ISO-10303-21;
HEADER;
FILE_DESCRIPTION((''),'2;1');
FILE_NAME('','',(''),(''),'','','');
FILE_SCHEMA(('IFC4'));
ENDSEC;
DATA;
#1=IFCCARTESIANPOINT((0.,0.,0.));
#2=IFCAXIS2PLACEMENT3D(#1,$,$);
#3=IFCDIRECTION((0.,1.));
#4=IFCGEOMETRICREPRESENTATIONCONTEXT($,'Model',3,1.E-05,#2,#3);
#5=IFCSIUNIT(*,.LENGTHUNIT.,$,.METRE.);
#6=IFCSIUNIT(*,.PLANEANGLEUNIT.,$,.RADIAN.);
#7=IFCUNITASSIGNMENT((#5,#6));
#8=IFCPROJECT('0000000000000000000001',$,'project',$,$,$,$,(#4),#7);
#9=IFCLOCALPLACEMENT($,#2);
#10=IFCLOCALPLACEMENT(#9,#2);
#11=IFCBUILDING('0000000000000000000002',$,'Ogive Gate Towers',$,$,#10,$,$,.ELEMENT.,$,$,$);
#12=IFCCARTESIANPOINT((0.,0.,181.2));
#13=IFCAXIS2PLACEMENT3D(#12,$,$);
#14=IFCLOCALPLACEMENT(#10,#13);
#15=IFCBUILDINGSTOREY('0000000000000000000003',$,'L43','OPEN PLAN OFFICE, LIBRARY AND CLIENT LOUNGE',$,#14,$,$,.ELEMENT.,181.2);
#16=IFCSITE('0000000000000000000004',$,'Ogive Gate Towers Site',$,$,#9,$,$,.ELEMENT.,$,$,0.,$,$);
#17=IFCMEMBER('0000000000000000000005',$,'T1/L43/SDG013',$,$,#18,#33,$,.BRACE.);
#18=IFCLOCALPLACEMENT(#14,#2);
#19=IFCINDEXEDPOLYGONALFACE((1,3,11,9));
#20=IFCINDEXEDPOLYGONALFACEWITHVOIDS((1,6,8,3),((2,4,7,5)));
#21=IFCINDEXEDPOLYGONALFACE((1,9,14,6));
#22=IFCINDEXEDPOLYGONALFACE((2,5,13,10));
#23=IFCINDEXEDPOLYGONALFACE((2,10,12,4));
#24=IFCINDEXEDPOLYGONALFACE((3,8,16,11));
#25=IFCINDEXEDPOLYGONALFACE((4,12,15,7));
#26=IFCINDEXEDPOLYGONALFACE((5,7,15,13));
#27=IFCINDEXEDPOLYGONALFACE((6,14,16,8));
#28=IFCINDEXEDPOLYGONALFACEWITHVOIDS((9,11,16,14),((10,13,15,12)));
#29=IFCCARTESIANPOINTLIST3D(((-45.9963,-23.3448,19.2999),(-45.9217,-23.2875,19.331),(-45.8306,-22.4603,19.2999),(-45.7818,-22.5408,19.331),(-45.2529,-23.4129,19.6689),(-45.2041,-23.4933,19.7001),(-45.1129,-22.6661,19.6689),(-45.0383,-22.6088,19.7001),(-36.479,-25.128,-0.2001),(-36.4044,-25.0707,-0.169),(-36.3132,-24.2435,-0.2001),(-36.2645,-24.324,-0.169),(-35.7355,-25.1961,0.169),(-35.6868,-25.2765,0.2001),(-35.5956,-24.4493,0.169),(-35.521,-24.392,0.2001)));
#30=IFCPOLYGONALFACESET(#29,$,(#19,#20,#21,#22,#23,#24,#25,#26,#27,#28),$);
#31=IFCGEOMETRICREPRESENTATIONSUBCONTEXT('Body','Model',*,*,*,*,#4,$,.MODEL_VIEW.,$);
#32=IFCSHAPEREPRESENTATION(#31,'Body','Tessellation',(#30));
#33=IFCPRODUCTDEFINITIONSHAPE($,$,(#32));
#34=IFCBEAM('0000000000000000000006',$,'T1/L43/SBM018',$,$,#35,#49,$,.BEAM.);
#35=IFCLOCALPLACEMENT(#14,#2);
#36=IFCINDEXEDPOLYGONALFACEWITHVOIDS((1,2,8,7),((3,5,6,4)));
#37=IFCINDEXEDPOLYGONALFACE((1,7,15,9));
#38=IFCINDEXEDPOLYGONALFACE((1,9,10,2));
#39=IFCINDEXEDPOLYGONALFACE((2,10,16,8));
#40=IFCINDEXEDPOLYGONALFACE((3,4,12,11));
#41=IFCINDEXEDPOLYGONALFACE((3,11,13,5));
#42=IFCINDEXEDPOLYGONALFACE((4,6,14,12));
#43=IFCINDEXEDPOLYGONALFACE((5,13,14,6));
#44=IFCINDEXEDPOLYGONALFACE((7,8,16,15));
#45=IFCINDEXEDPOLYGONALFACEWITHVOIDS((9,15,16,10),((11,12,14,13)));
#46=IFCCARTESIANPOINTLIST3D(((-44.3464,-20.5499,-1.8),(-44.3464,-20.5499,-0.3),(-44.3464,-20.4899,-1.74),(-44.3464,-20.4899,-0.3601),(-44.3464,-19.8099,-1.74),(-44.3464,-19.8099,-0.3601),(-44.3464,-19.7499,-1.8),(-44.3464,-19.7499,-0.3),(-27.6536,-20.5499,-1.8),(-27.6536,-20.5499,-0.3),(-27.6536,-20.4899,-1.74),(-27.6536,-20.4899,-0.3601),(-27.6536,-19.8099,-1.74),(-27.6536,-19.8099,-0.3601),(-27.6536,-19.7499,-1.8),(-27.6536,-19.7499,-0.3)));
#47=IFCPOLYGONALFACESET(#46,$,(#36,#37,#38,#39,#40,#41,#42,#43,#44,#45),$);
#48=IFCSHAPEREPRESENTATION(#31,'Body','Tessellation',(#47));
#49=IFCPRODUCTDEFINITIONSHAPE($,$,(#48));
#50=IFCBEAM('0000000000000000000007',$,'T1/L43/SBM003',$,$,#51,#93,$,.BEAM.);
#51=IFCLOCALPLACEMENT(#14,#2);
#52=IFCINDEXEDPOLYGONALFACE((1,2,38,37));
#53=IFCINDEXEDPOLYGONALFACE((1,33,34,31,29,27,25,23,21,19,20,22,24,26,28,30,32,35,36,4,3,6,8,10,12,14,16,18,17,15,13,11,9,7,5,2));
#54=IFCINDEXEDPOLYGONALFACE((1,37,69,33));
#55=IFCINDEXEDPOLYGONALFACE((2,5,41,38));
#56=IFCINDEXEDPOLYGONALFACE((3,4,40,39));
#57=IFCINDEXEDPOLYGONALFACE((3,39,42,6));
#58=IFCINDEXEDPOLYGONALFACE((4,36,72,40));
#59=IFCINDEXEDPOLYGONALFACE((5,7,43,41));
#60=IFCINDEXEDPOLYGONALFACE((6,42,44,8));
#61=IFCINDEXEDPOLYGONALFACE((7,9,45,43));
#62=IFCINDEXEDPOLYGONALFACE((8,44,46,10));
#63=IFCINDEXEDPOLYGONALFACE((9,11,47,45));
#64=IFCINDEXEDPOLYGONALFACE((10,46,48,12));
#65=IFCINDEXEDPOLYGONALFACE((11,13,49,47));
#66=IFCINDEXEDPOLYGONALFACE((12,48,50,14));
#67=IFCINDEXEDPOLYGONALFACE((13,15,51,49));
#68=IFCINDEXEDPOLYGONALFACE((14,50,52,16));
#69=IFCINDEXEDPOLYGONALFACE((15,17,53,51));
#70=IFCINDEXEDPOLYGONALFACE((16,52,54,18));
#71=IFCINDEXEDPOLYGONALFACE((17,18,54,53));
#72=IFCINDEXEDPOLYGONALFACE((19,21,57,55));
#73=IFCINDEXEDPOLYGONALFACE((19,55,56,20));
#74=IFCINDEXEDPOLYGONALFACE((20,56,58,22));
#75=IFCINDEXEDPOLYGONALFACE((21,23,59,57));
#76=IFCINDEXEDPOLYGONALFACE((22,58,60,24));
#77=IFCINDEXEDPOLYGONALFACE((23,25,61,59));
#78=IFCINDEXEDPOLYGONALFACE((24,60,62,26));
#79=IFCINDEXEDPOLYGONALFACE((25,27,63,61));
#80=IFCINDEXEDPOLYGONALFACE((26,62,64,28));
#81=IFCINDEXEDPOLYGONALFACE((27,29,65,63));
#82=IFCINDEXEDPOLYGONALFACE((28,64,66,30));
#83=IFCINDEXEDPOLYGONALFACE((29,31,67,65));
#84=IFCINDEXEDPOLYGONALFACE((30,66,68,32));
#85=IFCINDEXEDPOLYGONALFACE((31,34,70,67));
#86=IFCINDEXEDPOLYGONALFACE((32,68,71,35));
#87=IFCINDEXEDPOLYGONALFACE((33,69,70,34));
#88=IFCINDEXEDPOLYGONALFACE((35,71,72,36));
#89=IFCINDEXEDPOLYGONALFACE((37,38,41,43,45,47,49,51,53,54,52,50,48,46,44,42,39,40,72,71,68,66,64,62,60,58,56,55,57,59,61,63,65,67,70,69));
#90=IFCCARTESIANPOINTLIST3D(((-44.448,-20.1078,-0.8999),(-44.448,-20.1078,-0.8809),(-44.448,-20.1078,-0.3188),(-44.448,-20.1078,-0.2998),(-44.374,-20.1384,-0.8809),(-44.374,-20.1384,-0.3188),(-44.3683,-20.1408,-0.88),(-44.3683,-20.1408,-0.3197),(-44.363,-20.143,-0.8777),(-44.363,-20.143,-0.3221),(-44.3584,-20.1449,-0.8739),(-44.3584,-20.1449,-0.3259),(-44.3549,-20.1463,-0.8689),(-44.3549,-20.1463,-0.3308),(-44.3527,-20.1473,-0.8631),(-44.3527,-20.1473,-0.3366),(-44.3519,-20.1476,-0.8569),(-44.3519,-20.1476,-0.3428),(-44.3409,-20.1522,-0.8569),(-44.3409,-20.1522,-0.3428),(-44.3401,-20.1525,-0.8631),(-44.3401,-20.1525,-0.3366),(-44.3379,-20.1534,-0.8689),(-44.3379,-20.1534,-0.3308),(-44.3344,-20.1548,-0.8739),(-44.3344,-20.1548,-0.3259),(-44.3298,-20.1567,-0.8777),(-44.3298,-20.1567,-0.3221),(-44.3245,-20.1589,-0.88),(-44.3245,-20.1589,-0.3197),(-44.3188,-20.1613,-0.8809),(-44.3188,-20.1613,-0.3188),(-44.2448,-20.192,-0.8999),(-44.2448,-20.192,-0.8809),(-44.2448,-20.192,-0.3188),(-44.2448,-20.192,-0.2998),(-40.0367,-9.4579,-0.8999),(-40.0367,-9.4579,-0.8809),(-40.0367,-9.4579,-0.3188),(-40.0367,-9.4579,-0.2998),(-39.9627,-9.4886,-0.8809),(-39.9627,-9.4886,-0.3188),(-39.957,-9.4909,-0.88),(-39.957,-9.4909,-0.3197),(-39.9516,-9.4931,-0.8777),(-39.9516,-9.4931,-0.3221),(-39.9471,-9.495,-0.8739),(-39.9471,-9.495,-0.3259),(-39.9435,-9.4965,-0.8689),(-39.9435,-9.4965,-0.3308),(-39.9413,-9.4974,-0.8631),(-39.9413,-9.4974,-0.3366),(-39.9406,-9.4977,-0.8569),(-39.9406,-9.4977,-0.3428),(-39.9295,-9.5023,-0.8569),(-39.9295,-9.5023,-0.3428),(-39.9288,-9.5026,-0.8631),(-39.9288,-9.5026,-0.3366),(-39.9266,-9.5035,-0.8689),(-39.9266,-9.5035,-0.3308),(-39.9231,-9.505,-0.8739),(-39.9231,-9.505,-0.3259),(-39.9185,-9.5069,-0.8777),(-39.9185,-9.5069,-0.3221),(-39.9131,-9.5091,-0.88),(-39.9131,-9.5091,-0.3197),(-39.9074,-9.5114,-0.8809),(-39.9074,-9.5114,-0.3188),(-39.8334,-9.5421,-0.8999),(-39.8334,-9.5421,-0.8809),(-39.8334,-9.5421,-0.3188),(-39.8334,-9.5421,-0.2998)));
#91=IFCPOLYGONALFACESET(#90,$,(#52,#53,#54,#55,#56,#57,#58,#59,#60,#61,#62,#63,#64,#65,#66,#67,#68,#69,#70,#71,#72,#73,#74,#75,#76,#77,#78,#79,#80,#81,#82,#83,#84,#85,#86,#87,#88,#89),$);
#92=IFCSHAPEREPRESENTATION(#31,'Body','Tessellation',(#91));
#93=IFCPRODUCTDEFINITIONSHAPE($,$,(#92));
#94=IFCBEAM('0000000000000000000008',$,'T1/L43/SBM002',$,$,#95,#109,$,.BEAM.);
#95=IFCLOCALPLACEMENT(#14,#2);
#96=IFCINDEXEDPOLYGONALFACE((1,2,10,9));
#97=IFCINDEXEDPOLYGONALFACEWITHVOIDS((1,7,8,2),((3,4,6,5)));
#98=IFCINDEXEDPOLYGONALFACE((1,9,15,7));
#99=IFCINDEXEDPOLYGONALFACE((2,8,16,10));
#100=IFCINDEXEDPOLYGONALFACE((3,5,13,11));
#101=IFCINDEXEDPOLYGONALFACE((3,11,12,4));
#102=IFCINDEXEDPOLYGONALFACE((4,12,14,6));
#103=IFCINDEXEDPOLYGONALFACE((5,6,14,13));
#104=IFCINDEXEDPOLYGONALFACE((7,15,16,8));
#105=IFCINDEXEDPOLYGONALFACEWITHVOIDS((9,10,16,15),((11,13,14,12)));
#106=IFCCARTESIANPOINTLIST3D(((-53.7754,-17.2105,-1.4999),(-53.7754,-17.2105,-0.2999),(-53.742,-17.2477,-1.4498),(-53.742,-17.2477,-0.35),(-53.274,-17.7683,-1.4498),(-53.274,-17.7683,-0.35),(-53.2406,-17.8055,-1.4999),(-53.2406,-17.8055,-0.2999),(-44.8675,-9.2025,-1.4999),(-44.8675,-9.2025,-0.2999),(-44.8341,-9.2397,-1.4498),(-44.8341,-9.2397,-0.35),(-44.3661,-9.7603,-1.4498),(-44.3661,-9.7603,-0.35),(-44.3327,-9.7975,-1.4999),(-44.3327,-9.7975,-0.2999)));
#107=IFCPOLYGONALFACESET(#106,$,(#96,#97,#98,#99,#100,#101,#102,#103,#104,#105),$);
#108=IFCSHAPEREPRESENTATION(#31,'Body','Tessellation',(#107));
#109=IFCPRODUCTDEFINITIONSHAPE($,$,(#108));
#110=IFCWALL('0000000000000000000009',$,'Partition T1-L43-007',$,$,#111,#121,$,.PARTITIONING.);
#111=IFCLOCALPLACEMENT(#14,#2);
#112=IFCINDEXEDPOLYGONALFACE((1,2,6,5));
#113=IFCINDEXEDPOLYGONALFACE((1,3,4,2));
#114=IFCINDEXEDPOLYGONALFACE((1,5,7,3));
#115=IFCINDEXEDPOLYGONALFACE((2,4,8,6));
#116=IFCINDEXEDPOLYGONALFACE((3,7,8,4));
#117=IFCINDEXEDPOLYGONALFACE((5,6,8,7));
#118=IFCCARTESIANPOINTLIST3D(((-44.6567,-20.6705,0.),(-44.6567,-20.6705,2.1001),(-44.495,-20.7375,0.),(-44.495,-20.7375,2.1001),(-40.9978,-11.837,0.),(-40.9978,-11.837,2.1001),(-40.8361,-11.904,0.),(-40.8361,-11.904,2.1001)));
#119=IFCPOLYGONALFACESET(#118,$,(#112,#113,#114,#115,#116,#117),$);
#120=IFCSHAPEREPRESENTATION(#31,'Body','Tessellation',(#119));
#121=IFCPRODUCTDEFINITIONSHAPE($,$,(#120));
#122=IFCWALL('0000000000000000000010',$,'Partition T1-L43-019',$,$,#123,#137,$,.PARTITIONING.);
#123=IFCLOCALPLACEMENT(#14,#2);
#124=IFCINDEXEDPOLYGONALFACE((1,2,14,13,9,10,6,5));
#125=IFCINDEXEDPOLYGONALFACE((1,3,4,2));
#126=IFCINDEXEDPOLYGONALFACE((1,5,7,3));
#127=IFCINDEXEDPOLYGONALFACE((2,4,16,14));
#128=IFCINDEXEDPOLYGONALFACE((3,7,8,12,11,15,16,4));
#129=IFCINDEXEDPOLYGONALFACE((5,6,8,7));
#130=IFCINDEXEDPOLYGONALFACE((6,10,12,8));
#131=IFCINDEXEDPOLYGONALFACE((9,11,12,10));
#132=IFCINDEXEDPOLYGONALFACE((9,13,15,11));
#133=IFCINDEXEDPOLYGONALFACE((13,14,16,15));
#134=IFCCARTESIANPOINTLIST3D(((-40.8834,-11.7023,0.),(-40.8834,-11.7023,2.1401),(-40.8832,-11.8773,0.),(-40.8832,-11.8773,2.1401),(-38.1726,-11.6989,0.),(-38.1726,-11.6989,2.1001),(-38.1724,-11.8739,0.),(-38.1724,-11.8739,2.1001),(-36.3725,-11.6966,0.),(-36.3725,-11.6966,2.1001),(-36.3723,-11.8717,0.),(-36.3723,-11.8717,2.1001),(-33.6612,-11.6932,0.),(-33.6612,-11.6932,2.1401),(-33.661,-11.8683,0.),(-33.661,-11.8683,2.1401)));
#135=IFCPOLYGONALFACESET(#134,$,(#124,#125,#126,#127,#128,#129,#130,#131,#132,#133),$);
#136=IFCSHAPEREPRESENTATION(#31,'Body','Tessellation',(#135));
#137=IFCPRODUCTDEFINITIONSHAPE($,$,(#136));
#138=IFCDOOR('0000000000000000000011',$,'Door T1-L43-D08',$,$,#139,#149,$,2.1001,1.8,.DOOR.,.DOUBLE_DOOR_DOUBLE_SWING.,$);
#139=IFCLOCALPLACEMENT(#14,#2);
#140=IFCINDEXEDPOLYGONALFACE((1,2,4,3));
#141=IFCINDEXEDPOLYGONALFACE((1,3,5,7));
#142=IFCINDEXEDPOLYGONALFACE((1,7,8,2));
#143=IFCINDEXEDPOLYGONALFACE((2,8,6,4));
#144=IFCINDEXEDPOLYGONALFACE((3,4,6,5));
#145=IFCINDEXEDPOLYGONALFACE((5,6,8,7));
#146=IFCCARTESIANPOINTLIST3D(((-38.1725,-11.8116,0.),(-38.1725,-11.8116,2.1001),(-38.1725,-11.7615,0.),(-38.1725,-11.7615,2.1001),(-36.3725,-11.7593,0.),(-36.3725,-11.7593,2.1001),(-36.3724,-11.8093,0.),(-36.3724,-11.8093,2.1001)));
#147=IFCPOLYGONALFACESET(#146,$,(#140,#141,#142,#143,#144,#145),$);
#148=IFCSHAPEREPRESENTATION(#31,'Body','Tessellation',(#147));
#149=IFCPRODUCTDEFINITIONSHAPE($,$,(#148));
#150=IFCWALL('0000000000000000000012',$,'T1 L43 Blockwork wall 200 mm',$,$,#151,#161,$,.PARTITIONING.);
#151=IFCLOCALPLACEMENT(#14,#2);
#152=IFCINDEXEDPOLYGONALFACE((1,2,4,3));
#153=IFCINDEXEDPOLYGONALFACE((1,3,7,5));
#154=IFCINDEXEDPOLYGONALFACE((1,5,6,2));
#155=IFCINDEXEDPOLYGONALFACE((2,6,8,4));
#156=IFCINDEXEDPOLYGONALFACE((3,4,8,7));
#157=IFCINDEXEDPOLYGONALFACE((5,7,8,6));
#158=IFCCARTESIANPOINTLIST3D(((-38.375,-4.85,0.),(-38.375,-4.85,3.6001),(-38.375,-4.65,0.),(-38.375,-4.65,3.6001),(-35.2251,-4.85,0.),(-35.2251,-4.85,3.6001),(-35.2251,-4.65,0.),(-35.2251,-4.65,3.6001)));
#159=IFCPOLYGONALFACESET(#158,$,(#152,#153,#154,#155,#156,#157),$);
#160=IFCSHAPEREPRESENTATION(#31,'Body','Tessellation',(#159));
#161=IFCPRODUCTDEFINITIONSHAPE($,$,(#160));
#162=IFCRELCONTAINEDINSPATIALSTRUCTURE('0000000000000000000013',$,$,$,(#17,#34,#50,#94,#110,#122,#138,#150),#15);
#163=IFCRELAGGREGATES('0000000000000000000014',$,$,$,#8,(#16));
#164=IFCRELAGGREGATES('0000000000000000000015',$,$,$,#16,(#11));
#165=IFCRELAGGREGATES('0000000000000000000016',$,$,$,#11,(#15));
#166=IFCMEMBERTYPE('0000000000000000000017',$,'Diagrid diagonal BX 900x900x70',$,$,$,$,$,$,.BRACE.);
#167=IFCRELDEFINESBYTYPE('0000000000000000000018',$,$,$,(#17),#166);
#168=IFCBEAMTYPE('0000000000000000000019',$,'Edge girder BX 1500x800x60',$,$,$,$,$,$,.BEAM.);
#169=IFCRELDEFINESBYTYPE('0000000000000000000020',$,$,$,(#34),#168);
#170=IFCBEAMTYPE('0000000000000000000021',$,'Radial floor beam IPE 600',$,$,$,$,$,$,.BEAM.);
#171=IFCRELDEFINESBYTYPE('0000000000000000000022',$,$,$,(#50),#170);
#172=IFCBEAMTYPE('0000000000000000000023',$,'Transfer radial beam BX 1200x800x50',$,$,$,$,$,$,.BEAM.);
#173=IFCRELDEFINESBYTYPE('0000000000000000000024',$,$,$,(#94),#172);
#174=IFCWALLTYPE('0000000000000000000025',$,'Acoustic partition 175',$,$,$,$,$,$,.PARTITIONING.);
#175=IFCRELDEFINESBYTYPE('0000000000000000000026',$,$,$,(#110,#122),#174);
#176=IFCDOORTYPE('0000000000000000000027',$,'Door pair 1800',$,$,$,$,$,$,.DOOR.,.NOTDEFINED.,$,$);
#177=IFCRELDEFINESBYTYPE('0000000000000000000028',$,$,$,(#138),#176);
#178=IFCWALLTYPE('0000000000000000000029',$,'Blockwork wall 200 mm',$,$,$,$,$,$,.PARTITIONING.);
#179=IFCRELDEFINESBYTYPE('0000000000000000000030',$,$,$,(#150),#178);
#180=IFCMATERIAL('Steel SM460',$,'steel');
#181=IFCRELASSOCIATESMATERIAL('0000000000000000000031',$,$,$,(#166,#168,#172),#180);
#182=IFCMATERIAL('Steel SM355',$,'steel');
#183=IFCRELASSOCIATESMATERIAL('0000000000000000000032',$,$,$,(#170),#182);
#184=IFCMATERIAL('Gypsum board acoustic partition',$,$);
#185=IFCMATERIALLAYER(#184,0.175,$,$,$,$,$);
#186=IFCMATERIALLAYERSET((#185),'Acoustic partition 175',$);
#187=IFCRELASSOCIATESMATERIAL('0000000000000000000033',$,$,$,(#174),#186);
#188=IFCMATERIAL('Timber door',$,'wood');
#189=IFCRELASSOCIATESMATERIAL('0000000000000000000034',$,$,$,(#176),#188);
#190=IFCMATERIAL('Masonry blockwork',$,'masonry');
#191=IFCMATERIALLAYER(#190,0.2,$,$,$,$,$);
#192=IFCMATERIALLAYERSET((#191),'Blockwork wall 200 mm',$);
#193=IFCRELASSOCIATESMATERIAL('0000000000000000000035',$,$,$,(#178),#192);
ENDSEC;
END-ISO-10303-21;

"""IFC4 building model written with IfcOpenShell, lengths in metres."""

from ifc_helpers import new_model, si_unit, direction, frame, frame_2d, origin, origin_2d, place, context, subcontext, project, spatial, rectangle, hollow_rectangle, i_section, extrude, material, layer, layer_set, material_profile, profile_set, type_object, element, fill, save


model = new_model("IFC4")

# Units and contexts
model_context = context("Model", 3, precision=1e-05, world=origin(), true_north=direction((0.0, 1.0)))
body_context = subcontext(model_context, "Body", "Model", "MODEL_VIEW")
ifc_project = project(units=[si_unit("LENGTHUNIT", "METRE"), si_unit("PLANEANGLEUNIT", "RADIAN")], contexts=[model_context])

# Site, building, storey
site_placement = place(None, origin())
site = spatial("IfcSite", under=ifc_project, at=site_placement, Name="Ogive Gate Towers Site", CompositionType="ELEMENT", RefElevation=0.0)
building_placement = place(site_placement, origin())
building = spatial("IfcBuilding", under=site, at=building_placement, Name="Ogive Gate Towers", CompositionType="ELEMENT")
storey_placement = place(building_placement, frame((0.0, 0.0, 181.2)))
storey = spatial("IfcBuildingStorey", under=building, at=storey_placement, Name="L43", Description="OPEN PLAN OFFICE, LIBRARY AND CLIENT LOUNGE", CompositionType="ELEMENT", Elevation=181.2)

# Member
ifc_material_1 = material(Name="Steel SM460", Category="steel")
ifc_material_profile_1 = material_profile(ifc_material_1, hollow_rectangle(XDim=0.8999, YDim=0.8999, WallThickness=0.0701, at=origin_2d()), Name="BX 900x900x70")
ifc_profile_set_1 = profile_set([ifc_material_profile_1], Name="Steel SM460")
member_type = type_object("IfcMemberType", Name="Diagrid diagonal BX 900x900x70", PredefinedType="BRACE", material=ifc_profile_set_1)
member_placement = place(storey_placement, frame((-36.0, -24.76, 0.0), z_axis=(-0.437141, 0.081904, 0.895656), x_axis=(-0.184159, -0.982896, 0.0)))
element("IfcMember", 1, at=member_placement, inside=storey, type_object=member_type, Name="T1/L43/SDG013", PredefinedType="BRACE", context=body_context, shape_type="SweptSolid", body=[
    extrude(hollow_rectangle(XDim=0.8999, YDim=0.8999, WallThickness=0.0701, at=origin_2d()), origin(), (0.0, 0.0, 1.0), 21.7717),
])

# Beams
ifc_material_profile_2 = material_profile(ifc_material_1, hollow_rectangle(XDim=0.8, YDim=1.5, WallThickness=0.0601, at=origin_2d()), Name="BX 1500x800x60")
ifc_profile_set_2 = profile_set([ifc_material_profile_2], Name="Steel SM460")
beam_type_1 = type_object("IfcBeamType", Name="Edge girder BX 1500x800x60", PredefinedType="BEAM", material=ifc_profile_set_2)
beam_1_placement = place(storey_placement, frame((-44.3464, -20.1499, -1.05), z_axis=(1.0, 0.0, 0.0), x_axis=(0.0, 1.0, 0.0)))
element("IfcBeam", 2, at=beam_1_placement, inside=storey, type_object=beam_type_1, Name="T1/L43/SBM018", PredefinedType="BEAM", context=body_context, shape_type="SweptSolid", body=[
    extrude(hollow_rectangle(XDim=0.8, YDim=1.5, WallThickness=0.0601, at=origin_2d()), origin(), (0.0, 0.0, 1.0), 16.6929),
])
ifc_material_2 = material(Name="Steel SM355", Category="steel")
ifc_material_profile_3 = material_profile(ifc_material_2, i_section(OverallWidth=0.22, OverallDepth=0.6001, WebThickness=0.012, FlangeThickness=0.019, FilletRadius=0.0239, at=origin_2d()), Name="IPE 600")
ifc_profile_set_3 = profile_set([ifc_material_profile_3], Name="Steel SM355")
beam_type_2 = type_object("IfcBeamType", Name="Radial floor beam IPE 600", PredefinedType="BEAM", material=ifc_profile_set_3)
beam_2_placement = place(storey_placement, frame((-39.9351, -9.5, -0.5999), z_axis=(-0.382687, -0.923878, 0.0), x_axis=(0.923878, -0.382687, 0.0)))
element("IfcBeam", 3, at=beam_2_placement, inside=storey, type_object=beam_type_2, Name="T1/L43/SBM003", PredefinedType="BEAM", context=body_context, shape_type="SweptSolid", body=[
    extrude(i_section(OverallWidth=0.22, OverallDepth=0.6001, WebThickness=0.012, FlangeThickness=0.019, FilletRadius=0.0239, at=origin_2d()), origin(), (0.0, 0.0, 1.0), 11.5273),
])
ifc_material_profile_4 = material_profile(ifc_material_1, hollow_rectangle(XDim=0.8, YDim=1.2, WallThickness=0.05, at=origin_2d()), Name="BX 1200x800x50")
ifc_profile_set_4 = profile_set([ifc_material_profile_4], Name="Steel SM460")
beam_type_3 = type_object("IfcBeamType", Name="Transfer radial beam BX 1200x800x50", PredefinedType="BEAM", material=ifc_profile_set_4)
beam_3_placement = place(storey_placement, frame((-44.6001, -9.5, -0.8999), z_axis=(-0.743672, -0.668545, 0.0), x_axis=(0.668545, -0.743672, 0.0)))
element("IfcBeam", 4, at=beam_3_placement, inside=storey, type_object=beam_type_3, Name="T1/L43/SBM002", PredefinedType="BEAM", context=body_context, shape_type="SweptSolid", body=[
    extrude(hollow_rectangle(XDim=0.8, YDim=1.2, WallThickness=0.05, at=origin_2d()), origin(), (0.0, 0.0, 1.0), 11.9783),
])

# Wall
ifc_material_3 = material(Name="Gypsum board acoustic partition")
ifc_layer_1 = layer(ifc_material_3, 0.175)
ifc_layer_set_1 = layer_set([ifc_layer_1], Name="Acoustic partition 175")
wall_type_1 = type_object("IfcWallType", Name="Acoustic partition 175", PredefinedType="PARTITIONING", material=ifc_layer_set_1)
wall_1_placement = place(storey_placement, frame((-44.5759, -20.7041, 0.0), z_axis=(0.0, 0.0, 1.0), x_axis=(0.382682, 0.92388, 0.0)))
element("IfcWall", 5, at=wall_1_placement, inside=storey, type_object=wall_type_1, Name="Partition T1-L43-007", PredefinedType="PARTITIONING", context=body_context, shape_type="SweptSolid", body=[
    extrude(rectangle(XDim=9.5613, YDim=0.175, at=frame_2d((4.7808, 0.0))), origin(), (0.0, 0.0, 1.0), 2.1001),
])

# Wall, opening, door
wall_2_placement = place(storey_placement, frame((-40.8833, -11.7898, 0.0), z_axis=(0.0, 0.0, 1.0), x_axis=(0.999999, 0.001251, 0.0)))
wall_2 = element("IfcWall", 6, at=wall_2_placement, inside=storey, type_object=wall_type_1, Name="Partition T1-L43-019", PredefinedType="PARTITIONING", context=body_context, shape_type="SweptSolid", body=[
    extrude(rectangle(XDim=7.2222, YDim=0.175, at=frame_2d((3.6111, 0.0))), origin(), (0.0, 0.0, 1.0), 2.1401),
])
opening_1_placement = place(wall_2_placement, frame((2.7109, 0.0, 0.0)))
opening_1 = element("IfcOpeningElement", 7, at=opening_1_placement, cuts=wall_2, PredefinedType="OPENING", context=body_context, shape_type="SweptSolid", body=[
    extrude(rectangle(XDim=1.8, YDim=2.1001, at=frame_2d((0.8999, 1.05))), frame((0.0, 0.0977, 0.0), z_axis=(0.0, -1.0, 0.0), x_axis=(1.0, 0.0, 0.0)), (0.0, 0.0, 1.0), 0.1951),
])
ifc_material_4 = material(Name="Timber door", Category="wood")
door_type_1 = type_object("IfcDoorType", Name="Door pair 1800", OperationType="NOTDEFINED", PredefinedType="DOOR", material=ifc_material_4)
door_1_placement = place(opening_1_placement, origin())
door_1 = element("IfcDoor", 8, at=door_1_placement, inside=storey, type_object=door_type_1, Name="Door T1-L43-D08", OperationType="DOUBLE_DOOR_DOUBLE_SWING", OverallHeight=2.1001, OverallWidth=1.8, PredefinedType="DOOR", context=body_context, shape_type="SweptSolid", body=[
    extrude(rectangle(XDim=1.8, YDim=2.1001, at=frame_2d((0.8999, 1.05))), frame((0.0, 0.0249, 0.0), z_axis=(0.0, -1.0, 0.0), x_axis=(1.0, 0.0, 0.0)), (0.0, 0.0, 1.0), 0.05),
])
fill(opening_1, door_1)

# Wall
ifc_material_5 = material(Name="Masonry blockwork", Category="masonry")
ifc_layer_2 = layer(ifc_material_5, 0.2)
ifc_layer_set_2 = layer_set([ifc_layer_2], Name="Blockwork wall 200 mm")
wall_type_2 = type_object("IfcWallType", Name="Blockwork wall 200 mm", PredefinedType="PARTITIONING", material=ifc_layer_set_2)
wall_3_placement = place(storey_placement, frame((-38.375, -4.75, 0.0), z_axis=(0.0, 0.0, 1.0), x_axis=(1.0, 0.0, 0.0)))
element("IfcWall", 9, at=wall_3_placement, inside=storey, type_object=wall_type_2, Name="T1 L43 Blockwork wall 200 mm", PredefinedType="PARTITIONING", context=body_context, shape_type="SweptSolid", body=[
    extrude(rectangle(XDim=3.1499, YDim=0.2, at=frame_2d((1.575, 0.0))), origin(), (0.0, 0.0, 1.0), 3.6001),
])

save(model, "model.ifc")
